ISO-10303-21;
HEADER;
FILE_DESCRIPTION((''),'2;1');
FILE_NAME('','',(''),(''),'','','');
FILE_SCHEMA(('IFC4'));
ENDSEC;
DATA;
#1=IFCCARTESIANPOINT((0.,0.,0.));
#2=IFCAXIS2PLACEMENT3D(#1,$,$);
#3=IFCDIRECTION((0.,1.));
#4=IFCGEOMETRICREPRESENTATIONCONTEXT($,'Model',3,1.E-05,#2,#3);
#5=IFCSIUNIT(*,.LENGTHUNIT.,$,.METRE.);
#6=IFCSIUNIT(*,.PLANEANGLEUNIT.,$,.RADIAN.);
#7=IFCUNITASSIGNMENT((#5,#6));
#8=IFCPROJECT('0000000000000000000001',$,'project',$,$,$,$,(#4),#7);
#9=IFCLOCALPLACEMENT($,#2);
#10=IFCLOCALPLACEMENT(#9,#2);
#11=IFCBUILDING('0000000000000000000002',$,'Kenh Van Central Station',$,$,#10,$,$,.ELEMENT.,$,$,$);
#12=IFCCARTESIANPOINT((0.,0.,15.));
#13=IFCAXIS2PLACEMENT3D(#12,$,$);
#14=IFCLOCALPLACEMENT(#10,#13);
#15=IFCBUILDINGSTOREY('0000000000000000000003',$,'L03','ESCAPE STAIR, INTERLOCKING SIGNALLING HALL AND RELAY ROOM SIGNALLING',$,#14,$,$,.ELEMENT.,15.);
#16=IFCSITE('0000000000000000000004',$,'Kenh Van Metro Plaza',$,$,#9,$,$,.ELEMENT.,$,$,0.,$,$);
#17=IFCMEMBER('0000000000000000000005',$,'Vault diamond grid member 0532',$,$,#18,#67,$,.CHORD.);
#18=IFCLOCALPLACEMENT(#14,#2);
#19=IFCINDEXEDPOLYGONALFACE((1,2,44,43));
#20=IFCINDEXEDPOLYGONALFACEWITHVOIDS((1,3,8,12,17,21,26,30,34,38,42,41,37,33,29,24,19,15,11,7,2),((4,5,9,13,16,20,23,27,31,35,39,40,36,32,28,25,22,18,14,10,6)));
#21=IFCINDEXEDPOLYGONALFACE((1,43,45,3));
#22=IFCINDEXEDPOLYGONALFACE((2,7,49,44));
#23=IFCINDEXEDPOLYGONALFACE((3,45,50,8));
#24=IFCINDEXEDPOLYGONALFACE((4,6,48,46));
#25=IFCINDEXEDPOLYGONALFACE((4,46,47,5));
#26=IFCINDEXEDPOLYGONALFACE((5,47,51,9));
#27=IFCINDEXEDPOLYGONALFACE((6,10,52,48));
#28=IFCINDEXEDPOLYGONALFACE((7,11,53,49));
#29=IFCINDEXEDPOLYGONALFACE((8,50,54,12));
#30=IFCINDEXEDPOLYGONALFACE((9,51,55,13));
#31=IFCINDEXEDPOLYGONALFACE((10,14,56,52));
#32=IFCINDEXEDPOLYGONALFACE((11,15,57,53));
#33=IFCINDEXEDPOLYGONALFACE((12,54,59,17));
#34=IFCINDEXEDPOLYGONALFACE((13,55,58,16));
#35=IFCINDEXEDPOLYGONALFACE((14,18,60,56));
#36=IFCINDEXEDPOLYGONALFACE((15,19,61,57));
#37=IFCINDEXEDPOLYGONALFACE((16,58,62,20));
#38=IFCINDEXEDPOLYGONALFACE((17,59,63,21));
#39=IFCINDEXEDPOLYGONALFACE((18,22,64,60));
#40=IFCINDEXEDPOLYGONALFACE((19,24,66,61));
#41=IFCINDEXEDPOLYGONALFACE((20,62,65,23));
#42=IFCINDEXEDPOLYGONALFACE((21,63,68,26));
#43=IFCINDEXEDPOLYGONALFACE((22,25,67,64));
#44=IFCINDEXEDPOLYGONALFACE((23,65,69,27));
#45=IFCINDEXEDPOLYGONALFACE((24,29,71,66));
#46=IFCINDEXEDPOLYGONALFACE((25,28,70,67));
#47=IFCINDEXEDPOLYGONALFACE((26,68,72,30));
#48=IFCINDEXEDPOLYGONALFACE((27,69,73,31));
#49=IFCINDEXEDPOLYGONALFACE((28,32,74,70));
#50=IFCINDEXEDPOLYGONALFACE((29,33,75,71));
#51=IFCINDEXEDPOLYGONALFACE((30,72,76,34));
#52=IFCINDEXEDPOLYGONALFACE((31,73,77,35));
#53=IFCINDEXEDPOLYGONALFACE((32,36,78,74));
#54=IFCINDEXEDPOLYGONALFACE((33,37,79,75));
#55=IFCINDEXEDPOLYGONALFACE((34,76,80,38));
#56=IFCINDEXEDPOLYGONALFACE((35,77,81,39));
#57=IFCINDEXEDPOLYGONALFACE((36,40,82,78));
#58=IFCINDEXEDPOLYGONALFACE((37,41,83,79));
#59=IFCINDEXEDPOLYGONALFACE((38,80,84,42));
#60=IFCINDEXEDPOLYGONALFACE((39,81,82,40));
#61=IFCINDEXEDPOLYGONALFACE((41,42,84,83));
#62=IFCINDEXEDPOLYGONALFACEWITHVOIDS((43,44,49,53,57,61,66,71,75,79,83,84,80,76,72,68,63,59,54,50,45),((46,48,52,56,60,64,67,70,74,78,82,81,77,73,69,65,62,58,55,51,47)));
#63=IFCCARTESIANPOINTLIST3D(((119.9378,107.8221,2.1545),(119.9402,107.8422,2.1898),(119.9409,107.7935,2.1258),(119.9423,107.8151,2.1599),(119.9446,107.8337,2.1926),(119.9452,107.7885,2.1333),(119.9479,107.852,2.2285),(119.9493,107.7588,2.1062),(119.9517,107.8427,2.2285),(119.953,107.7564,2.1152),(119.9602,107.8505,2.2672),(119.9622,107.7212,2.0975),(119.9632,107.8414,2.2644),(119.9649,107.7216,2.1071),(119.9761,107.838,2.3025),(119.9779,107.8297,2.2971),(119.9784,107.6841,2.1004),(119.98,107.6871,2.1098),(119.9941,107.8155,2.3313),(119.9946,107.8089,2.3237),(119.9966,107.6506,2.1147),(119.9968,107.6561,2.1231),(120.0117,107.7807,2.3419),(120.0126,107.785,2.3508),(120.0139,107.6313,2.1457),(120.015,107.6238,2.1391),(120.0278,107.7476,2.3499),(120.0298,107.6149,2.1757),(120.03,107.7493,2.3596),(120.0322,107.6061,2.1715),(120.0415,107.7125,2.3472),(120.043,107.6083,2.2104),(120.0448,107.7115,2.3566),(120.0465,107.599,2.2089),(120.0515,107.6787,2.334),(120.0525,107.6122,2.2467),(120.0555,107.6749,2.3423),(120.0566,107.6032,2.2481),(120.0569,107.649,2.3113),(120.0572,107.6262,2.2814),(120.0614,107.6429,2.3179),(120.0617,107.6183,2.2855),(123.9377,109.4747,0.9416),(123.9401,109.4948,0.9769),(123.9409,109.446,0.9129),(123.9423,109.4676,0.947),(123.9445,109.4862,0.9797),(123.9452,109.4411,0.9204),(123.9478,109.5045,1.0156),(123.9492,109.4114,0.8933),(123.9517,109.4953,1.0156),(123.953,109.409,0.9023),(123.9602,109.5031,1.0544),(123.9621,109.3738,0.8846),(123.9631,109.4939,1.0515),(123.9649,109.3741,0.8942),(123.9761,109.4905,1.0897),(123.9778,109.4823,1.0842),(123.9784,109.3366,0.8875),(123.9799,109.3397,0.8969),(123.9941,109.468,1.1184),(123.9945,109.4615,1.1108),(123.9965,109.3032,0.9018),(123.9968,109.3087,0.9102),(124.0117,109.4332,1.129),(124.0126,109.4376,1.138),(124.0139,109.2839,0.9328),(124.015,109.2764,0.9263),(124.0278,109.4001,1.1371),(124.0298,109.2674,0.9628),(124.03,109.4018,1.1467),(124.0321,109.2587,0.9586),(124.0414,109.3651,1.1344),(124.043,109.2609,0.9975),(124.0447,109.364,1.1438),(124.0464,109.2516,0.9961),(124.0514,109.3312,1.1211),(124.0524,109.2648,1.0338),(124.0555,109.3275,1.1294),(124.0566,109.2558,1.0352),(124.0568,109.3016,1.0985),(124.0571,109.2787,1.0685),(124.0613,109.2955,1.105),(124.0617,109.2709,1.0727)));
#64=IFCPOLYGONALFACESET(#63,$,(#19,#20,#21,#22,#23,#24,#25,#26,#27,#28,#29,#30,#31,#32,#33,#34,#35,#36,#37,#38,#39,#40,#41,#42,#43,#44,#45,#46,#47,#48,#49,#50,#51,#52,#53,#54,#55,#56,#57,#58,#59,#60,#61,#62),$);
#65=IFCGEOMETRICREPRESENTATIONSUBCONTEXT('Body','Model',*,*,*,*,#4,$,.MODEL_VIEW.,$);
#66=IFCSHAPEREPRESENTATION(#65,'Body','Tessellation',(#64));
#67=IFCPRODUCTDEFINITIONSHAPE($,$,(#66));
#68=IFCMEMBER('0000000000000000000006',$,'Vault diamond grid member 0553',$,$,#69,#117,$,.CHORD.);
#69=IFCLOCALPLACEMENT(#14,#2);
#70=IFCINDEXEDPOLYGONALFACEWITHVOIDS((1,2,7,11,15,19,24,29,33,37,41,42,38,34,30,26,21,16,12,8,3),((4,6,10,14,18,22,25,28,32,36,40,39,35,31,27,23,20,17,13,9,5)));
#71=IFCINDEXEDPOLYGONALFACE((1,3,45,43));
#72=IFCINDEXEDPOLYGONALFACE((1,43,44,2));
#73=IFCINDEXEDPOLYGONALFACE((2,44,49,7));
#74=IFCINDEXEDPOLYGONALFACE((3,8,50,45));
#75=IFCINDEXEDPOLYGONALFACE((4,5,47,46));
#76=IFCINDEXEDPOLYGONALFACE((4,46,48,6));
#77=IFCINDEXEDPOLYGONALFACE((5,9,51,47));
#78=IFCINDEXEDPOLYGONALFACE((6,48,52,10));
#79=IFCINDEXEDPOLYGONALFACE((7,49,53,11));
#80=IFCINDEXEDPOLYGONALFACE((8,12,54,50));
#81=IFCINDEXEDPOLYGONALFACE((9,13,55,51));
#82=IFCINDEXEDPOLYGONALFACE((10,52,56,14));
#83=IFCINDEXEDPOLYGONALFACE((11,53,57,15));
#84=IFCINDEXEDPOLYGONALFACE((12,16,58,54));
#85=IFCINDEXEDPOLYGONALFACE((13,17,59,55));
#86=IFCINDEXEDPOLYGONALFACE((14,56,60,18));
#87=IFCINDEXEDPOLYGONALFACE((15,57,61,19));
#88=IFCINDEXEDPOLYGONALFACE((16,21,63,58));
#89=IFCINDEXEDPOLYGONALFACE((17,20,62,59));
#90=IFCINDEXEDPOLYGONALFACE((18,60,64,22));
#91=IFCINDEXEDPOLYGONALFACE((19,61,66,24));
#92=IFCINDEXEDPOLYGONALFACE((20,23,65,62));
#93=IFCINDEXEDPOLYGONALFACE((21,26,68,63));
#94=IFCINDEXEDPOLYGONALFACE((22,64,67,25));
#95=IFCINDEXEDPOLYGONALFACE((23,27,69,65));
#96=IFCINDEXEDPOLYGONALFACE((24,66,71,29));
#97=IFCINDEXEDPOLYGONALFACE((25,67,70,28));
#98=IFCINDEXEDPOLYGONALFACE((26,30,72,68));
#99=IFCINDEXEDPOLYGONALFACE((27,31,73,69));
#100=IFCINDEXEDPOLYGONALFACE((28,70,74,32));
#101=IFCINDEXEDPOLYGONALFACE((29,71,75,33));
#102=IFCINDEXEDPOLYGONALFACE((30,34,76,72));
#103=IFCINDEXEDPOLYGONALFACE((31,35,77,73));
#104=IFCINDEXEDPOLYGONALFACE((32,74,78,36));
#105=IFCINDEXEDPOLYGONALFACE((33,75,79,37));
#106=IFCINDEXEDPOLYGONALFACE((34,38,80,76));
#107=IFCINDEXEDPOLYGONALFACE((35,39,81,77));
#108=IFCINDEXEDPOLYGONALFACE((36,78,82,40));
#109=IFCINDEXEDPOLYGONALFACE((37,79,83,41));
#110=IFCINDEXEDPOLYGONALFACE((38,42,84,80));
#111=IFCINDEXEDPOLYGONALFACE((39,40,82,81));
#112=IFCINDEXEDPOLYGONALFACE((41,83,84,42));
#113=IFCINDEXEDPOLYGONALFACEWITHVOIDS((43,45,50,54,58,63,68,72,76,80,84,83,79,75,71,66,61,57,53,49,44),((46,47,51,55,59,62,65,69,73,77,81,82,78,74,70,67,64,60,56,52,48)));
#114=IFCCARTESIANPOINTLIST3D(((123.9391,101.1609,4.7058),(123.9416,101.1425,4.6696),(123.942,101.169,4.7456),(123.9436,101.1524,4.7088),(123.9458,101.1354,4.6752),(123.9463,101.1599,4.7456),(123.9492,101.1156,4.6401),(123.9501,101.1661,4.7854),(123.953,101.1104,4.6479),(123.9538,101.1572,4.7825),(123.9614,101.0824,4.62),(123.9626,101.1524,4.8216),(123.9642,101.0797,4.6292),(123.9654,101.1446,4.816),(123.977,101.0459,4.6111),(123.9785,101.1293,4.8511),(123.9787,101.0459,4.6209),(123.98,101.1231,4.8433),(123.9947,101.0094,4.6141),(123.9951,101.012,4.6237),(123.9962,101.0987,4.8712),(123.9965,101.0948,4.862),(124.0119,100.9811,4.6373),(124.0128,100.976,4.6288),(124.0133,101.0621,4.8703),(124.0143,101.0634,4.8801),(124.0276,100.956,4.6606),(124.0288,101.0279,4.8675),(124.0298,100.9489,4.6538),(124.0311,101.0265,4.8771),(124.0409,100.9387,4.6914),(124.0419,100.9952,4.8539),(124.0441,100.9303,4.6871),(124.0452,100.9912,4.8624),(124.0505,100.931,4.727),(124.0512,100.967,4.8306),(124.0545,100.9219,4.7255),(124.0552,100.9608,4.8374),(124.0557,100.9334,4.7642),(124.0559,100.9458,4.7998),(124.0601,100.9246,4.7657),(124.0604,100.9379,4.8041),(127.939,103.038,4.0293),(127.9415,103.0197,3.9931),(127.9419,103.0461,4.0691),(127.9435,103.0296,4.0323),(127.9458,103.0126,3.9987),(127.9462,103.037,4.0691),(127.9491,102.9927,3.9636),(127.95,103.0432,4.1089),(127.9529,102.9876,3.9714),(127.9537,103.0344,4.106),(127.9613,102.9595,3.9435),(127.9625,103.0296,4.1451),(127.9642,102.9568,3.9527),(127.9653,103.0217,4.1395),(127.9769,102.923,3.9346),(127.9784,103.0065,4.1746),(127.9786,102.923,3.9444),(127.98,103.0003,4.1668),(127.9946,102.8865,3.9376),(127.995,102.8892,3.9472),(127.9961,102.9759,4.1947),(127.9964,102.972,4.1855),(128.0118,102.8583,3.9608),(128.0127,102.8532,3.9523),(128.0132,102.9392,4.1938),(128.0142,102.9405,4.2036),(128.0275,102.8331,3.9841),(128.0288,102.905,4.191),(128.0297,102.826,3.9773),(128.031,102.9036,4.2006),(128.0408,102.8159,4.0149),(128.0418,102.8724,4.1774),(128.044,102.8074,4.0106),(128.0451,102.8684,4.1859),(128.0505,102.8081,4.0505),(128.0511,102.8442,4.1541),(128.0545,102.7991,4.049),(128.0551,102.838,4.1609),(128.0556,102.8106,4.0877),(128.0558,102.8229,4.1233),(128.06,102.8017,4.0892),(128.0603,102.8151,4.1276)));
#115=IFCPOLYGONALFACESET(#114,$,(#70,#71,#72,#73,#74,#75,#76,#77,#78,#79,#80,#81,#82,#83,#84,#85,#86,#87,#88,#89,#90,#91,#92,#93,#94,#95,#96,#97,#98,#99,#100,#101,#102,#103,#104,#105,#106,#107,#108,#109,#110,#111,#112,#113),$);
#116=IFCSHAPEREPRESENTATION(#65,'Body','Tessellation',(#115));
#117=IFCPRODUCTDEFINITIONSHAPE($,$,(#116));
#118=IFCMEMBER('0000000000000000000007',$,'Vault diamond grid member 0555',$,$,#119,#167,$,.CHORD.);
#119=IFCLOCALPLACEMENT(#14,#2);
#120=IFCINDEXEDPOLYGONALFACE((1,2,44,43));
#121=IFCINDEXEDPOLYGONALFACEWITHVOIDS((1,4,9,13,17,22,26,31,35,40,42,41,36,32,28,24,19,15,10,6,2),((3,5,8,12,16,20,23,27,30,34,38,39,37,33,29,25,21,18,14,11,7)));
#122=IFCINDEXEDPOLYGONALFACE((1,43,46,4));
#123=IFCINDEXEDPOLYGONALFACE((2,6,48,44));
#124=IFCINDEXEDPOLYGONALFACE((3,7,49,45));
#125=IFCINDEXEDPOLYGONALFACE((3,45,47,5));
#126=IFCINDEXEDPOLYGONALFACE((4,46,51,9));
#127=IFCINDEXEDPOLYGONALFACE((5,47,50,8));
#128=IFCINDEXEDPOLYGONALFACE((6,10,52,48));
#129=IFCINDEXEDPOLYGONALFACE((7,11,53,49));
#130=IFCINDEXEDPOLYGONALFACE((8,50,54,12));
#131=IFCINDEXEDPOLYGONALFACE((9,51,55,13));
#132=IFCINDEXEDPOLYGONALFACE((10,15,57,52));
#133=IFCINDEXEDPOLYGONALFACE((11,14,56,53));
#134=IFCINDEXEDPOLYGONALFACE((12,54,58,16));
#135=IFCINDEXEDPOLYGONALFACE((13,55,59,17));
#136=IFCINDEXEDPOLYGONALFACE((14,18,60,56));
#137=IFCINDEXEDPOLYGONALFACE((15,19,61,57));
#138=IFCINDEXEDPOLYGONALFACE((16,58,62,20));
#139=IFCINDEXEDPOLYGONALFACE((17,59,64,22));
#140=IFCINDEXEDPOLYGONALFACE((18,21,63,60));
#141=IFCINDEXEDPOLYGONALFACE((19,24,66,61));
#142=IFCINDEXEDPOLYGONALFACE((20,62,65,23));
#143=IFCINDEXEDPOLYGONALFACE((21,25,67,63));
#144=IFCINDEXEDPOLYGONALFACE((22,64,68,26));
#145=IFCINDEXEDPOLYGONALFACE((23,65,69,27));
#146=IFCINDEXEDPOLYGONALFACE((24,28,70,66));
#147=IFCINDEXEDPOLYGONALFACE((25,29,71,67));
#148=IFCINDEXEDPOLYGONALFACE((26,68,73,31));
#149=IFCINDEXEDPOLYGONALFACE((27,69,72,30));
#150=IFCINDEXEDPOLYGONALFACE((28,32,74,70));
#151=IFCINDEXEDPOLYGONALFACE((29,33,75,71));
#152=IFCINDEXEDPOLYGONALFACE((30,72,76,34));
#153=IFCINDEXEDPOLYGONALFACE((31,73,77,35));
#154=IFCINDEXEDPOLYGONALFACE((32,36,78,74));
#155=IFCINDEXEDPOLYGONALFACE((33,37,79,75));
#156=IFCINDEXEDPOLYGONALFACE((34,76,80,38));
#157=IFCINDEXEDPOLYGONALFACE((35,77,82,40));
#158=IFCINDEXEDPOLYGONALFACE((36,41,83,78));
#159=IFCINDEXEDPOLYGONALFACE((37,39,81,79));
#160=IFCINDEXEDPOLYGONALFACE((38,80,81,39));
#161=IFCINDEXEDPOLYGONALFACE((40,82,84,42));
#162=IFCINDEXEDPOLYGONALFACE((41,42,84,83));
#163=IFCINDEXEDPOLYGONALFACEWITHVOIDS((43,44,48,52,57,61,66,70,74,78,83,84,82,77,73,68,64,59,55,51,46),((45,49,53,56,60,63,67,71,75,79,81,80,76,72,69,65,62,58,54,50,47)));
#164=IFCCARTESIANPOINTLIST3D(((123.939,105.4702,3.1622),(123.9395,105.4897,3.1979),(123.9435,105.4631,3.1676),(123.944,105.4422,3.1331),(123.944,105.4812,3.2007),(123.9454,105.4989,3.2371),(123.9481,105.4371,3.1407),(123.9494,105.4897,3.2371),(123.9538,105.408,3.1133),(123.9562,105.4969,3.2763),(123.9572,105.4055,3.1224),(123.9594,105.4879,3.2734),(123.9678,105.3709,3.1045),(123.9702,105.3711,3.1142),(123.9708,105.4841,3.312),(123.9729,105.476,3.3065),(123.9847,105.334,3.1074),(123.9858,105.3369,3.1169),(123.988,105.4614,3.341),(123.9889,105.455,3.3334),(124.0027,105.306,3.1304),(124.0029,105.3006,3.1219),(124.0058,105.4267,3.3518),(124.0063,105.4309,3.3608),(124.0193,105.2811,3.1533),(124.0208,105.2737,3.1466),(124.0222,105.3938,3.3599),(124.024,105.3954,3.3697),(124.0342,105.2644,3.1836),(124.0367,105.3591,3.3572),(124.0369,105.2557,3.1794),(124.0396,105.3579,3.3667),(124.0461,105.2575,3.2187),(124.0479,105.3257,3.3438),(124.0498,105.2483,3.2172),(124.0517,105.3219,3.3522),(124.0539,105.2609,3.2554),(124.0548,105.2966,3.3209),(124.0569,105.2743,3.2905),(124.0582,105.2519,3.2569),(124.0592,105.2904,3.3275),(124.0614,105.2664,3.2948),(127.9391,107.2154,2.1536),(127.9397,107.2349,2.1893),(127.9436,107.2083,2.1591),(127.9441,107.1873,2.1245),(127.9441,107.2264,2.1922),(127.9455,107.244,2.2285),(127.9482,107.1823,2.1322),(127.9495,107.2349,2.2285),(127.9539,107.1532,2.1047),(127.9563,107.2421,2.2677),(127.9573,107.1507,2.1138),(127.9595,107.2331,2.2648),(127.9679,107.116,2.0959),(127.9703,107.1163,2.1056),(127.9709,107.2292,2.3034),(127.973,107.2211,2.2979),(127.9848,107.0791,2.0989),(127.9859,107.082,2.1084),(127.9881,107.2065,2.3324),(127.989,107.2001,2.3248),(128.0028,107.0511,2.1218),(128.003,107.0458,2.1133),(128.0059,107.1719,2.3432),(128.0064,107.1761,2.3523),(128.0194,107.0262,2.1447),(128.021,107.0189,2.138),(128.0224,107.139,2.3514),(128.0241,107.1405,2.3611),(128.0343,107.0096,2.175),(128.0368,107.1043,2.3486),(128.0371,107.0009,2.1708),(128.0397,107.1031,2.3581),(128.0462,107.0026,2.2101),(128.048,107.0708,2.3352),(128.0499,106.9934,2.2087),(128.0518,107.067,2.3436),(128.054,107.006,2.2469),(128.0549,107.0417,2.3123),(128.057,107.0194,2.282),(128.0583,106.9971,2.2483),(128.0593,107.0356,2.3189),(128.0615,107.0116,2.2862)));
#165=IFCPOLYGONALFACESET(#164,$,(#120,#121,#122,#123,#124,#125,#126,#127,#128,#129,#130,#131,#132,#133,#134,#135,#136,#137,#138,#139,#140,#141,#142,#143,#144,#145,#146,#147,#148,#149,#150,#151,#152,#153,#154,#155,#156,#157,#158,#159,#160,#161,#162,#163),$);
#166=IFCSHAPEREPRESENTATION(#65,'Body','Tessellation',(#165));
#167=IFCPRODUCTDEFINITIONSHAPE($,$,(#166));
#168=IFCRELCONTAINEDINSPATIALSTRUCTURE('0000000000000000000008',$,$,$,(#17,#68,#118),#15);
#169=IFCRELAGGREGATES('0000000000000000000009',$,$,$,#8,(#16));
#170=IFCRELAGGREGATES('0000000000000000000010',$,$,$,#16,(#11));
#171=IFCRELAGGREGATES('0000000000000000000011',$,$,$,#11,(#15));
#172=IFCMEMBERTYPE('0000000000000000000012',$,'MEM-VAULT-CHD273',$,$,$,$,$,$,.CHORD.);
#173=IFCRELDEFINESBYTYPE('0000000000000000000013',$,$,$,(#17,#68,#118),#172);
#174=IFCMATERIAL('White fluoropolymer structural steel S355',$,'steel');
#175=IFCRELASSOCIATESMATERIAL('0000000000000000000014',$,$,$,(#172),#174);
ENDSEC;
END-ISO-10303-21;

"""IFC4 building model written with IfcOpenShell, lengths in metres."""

from ifc_helpers import new_model, si_unit, direction, frame, origin, origin_2d, place, context, subcontext, project, spatial, hollow_circle, extrude, material, material_profile, profile_set, type_object, element, save


model = new_model("IFC4")

# Units and contexts
model_context = context("Model", 3, precision=1e-05, world=origin(), true_north=direction((0.0, 1.0)))
body_context = subcontext(model_context, "Body", "Model", "MODEL_VIEW")
ifc_project = project(units=[si_unit("LENGTHUNIT", "METRE"), si_unit("PLANEANGLEUNIT", "RADIAN")], contexts=[model_context])

# Site, building, storey
site_placement = place(None, origin())
site = spatial("IfcSite", under=ifc_project, at=site_placement, Name="Kenh Van Metro Plaza", CompositionType="ELEMENT", RefElevation=0.0)
building_placement = place(site_placement, origin())
building = spatial("IfcBuilding", under=site, at=building_placement, Name="Kenh Van Central Station", CompositionType="ELEMENT")
storey_placement = place(building_placement, frame((0.0, 0.0, 15.0)))
storey = spatial("IfcBuildingStorey", under=building, at=storey_placement, Name="L03", Description="ESCAPE STAIR, INTERLOCKING SIGNALLING HALL AND RELAY ROOM SIGNALLING", CompositionType="ELEMENT", Elevation=15.0)

# Shared definitions
ifc_material_1 = material(Name="White fluoropolymer structural steel S355", Category="steel")

# Members
ifc_material_profile_1 = material_profile(ifc_material_1, hollow_circle(Radius=0.1365, WallThickness=0.01, at=origin_2d()), Name="CHS 273x10")
ifc_profile_set_1 = profile_set([ifc_material_profile_1], Name="White fluoropolymer structural steel S355")
member_type_1 = type_object("IfcMemberType", Name="MEM-VAULT-CHD273", PredefinedType="CHORD", material=ifc_profile_set_1)
member_1_placement = place(storey_placement, frame((120.0, 107.7258, 2.2285), z_axis=(0.889941, 0.367676, -0.26985), x_axis=(-0.381842, 0.924228, 0.0)))
element("IfcMember", 1, at=member_1_placement, inside=storey, type_object=member_type_1, Name="Vault diamond grid member 0532", PredefinedType="CHORD", context=body_context, shape_type="SweptSolid", body=[
    extrude(hollow_circle(Radius=0.1365, WallThickness=0.01, at=origin_2d()), origin(), (0.0, 0.0, 1.0), 4.4946),
])
member_2_placement = place(storey_placement, frame((124.0, 101.0454, 4.7456), z_axis=(0.89484, 0.419948, -0.151343), x_axis=(-0.424842, 0.905268, 0.0)))
element("IfcMember", 2, at=member_2_placement, inside=storey, type_object=member_type_1, Name="Vault diamond grid member 0553", PredefinedType="CHORD", context=body_context, shape_type="SweptSolid", body=[
    extrude(hollow_circle(Radius=0.1365, WallThickness=0.01, at=origin_2d()), origin(), (0.0, 0.0, 1.0), 4.47),
])
member_3_placement = place(storey_placement, frame((124.0, 105.3738, 3.2371), z_axis=(0.893031, 0.389611, -0.225165), x_axis=(-0.39988, 0.916568, 0.0)))
element("IfcMember", 3, at=member_3_placement, inside=storey, type_object=member_type_1, Name="Vault diamond grid member 0555", PredefinedType="CHORD", context=body_context, shape_type="SweptSolid", body=[
    extrude(hollow_circle(Radius=0.1365, WallThickness=0.01, at=origin_2d()), origin(), (0.0, 0.0, 1.0), 4.4792),
])

save(model, "model.ifc")
